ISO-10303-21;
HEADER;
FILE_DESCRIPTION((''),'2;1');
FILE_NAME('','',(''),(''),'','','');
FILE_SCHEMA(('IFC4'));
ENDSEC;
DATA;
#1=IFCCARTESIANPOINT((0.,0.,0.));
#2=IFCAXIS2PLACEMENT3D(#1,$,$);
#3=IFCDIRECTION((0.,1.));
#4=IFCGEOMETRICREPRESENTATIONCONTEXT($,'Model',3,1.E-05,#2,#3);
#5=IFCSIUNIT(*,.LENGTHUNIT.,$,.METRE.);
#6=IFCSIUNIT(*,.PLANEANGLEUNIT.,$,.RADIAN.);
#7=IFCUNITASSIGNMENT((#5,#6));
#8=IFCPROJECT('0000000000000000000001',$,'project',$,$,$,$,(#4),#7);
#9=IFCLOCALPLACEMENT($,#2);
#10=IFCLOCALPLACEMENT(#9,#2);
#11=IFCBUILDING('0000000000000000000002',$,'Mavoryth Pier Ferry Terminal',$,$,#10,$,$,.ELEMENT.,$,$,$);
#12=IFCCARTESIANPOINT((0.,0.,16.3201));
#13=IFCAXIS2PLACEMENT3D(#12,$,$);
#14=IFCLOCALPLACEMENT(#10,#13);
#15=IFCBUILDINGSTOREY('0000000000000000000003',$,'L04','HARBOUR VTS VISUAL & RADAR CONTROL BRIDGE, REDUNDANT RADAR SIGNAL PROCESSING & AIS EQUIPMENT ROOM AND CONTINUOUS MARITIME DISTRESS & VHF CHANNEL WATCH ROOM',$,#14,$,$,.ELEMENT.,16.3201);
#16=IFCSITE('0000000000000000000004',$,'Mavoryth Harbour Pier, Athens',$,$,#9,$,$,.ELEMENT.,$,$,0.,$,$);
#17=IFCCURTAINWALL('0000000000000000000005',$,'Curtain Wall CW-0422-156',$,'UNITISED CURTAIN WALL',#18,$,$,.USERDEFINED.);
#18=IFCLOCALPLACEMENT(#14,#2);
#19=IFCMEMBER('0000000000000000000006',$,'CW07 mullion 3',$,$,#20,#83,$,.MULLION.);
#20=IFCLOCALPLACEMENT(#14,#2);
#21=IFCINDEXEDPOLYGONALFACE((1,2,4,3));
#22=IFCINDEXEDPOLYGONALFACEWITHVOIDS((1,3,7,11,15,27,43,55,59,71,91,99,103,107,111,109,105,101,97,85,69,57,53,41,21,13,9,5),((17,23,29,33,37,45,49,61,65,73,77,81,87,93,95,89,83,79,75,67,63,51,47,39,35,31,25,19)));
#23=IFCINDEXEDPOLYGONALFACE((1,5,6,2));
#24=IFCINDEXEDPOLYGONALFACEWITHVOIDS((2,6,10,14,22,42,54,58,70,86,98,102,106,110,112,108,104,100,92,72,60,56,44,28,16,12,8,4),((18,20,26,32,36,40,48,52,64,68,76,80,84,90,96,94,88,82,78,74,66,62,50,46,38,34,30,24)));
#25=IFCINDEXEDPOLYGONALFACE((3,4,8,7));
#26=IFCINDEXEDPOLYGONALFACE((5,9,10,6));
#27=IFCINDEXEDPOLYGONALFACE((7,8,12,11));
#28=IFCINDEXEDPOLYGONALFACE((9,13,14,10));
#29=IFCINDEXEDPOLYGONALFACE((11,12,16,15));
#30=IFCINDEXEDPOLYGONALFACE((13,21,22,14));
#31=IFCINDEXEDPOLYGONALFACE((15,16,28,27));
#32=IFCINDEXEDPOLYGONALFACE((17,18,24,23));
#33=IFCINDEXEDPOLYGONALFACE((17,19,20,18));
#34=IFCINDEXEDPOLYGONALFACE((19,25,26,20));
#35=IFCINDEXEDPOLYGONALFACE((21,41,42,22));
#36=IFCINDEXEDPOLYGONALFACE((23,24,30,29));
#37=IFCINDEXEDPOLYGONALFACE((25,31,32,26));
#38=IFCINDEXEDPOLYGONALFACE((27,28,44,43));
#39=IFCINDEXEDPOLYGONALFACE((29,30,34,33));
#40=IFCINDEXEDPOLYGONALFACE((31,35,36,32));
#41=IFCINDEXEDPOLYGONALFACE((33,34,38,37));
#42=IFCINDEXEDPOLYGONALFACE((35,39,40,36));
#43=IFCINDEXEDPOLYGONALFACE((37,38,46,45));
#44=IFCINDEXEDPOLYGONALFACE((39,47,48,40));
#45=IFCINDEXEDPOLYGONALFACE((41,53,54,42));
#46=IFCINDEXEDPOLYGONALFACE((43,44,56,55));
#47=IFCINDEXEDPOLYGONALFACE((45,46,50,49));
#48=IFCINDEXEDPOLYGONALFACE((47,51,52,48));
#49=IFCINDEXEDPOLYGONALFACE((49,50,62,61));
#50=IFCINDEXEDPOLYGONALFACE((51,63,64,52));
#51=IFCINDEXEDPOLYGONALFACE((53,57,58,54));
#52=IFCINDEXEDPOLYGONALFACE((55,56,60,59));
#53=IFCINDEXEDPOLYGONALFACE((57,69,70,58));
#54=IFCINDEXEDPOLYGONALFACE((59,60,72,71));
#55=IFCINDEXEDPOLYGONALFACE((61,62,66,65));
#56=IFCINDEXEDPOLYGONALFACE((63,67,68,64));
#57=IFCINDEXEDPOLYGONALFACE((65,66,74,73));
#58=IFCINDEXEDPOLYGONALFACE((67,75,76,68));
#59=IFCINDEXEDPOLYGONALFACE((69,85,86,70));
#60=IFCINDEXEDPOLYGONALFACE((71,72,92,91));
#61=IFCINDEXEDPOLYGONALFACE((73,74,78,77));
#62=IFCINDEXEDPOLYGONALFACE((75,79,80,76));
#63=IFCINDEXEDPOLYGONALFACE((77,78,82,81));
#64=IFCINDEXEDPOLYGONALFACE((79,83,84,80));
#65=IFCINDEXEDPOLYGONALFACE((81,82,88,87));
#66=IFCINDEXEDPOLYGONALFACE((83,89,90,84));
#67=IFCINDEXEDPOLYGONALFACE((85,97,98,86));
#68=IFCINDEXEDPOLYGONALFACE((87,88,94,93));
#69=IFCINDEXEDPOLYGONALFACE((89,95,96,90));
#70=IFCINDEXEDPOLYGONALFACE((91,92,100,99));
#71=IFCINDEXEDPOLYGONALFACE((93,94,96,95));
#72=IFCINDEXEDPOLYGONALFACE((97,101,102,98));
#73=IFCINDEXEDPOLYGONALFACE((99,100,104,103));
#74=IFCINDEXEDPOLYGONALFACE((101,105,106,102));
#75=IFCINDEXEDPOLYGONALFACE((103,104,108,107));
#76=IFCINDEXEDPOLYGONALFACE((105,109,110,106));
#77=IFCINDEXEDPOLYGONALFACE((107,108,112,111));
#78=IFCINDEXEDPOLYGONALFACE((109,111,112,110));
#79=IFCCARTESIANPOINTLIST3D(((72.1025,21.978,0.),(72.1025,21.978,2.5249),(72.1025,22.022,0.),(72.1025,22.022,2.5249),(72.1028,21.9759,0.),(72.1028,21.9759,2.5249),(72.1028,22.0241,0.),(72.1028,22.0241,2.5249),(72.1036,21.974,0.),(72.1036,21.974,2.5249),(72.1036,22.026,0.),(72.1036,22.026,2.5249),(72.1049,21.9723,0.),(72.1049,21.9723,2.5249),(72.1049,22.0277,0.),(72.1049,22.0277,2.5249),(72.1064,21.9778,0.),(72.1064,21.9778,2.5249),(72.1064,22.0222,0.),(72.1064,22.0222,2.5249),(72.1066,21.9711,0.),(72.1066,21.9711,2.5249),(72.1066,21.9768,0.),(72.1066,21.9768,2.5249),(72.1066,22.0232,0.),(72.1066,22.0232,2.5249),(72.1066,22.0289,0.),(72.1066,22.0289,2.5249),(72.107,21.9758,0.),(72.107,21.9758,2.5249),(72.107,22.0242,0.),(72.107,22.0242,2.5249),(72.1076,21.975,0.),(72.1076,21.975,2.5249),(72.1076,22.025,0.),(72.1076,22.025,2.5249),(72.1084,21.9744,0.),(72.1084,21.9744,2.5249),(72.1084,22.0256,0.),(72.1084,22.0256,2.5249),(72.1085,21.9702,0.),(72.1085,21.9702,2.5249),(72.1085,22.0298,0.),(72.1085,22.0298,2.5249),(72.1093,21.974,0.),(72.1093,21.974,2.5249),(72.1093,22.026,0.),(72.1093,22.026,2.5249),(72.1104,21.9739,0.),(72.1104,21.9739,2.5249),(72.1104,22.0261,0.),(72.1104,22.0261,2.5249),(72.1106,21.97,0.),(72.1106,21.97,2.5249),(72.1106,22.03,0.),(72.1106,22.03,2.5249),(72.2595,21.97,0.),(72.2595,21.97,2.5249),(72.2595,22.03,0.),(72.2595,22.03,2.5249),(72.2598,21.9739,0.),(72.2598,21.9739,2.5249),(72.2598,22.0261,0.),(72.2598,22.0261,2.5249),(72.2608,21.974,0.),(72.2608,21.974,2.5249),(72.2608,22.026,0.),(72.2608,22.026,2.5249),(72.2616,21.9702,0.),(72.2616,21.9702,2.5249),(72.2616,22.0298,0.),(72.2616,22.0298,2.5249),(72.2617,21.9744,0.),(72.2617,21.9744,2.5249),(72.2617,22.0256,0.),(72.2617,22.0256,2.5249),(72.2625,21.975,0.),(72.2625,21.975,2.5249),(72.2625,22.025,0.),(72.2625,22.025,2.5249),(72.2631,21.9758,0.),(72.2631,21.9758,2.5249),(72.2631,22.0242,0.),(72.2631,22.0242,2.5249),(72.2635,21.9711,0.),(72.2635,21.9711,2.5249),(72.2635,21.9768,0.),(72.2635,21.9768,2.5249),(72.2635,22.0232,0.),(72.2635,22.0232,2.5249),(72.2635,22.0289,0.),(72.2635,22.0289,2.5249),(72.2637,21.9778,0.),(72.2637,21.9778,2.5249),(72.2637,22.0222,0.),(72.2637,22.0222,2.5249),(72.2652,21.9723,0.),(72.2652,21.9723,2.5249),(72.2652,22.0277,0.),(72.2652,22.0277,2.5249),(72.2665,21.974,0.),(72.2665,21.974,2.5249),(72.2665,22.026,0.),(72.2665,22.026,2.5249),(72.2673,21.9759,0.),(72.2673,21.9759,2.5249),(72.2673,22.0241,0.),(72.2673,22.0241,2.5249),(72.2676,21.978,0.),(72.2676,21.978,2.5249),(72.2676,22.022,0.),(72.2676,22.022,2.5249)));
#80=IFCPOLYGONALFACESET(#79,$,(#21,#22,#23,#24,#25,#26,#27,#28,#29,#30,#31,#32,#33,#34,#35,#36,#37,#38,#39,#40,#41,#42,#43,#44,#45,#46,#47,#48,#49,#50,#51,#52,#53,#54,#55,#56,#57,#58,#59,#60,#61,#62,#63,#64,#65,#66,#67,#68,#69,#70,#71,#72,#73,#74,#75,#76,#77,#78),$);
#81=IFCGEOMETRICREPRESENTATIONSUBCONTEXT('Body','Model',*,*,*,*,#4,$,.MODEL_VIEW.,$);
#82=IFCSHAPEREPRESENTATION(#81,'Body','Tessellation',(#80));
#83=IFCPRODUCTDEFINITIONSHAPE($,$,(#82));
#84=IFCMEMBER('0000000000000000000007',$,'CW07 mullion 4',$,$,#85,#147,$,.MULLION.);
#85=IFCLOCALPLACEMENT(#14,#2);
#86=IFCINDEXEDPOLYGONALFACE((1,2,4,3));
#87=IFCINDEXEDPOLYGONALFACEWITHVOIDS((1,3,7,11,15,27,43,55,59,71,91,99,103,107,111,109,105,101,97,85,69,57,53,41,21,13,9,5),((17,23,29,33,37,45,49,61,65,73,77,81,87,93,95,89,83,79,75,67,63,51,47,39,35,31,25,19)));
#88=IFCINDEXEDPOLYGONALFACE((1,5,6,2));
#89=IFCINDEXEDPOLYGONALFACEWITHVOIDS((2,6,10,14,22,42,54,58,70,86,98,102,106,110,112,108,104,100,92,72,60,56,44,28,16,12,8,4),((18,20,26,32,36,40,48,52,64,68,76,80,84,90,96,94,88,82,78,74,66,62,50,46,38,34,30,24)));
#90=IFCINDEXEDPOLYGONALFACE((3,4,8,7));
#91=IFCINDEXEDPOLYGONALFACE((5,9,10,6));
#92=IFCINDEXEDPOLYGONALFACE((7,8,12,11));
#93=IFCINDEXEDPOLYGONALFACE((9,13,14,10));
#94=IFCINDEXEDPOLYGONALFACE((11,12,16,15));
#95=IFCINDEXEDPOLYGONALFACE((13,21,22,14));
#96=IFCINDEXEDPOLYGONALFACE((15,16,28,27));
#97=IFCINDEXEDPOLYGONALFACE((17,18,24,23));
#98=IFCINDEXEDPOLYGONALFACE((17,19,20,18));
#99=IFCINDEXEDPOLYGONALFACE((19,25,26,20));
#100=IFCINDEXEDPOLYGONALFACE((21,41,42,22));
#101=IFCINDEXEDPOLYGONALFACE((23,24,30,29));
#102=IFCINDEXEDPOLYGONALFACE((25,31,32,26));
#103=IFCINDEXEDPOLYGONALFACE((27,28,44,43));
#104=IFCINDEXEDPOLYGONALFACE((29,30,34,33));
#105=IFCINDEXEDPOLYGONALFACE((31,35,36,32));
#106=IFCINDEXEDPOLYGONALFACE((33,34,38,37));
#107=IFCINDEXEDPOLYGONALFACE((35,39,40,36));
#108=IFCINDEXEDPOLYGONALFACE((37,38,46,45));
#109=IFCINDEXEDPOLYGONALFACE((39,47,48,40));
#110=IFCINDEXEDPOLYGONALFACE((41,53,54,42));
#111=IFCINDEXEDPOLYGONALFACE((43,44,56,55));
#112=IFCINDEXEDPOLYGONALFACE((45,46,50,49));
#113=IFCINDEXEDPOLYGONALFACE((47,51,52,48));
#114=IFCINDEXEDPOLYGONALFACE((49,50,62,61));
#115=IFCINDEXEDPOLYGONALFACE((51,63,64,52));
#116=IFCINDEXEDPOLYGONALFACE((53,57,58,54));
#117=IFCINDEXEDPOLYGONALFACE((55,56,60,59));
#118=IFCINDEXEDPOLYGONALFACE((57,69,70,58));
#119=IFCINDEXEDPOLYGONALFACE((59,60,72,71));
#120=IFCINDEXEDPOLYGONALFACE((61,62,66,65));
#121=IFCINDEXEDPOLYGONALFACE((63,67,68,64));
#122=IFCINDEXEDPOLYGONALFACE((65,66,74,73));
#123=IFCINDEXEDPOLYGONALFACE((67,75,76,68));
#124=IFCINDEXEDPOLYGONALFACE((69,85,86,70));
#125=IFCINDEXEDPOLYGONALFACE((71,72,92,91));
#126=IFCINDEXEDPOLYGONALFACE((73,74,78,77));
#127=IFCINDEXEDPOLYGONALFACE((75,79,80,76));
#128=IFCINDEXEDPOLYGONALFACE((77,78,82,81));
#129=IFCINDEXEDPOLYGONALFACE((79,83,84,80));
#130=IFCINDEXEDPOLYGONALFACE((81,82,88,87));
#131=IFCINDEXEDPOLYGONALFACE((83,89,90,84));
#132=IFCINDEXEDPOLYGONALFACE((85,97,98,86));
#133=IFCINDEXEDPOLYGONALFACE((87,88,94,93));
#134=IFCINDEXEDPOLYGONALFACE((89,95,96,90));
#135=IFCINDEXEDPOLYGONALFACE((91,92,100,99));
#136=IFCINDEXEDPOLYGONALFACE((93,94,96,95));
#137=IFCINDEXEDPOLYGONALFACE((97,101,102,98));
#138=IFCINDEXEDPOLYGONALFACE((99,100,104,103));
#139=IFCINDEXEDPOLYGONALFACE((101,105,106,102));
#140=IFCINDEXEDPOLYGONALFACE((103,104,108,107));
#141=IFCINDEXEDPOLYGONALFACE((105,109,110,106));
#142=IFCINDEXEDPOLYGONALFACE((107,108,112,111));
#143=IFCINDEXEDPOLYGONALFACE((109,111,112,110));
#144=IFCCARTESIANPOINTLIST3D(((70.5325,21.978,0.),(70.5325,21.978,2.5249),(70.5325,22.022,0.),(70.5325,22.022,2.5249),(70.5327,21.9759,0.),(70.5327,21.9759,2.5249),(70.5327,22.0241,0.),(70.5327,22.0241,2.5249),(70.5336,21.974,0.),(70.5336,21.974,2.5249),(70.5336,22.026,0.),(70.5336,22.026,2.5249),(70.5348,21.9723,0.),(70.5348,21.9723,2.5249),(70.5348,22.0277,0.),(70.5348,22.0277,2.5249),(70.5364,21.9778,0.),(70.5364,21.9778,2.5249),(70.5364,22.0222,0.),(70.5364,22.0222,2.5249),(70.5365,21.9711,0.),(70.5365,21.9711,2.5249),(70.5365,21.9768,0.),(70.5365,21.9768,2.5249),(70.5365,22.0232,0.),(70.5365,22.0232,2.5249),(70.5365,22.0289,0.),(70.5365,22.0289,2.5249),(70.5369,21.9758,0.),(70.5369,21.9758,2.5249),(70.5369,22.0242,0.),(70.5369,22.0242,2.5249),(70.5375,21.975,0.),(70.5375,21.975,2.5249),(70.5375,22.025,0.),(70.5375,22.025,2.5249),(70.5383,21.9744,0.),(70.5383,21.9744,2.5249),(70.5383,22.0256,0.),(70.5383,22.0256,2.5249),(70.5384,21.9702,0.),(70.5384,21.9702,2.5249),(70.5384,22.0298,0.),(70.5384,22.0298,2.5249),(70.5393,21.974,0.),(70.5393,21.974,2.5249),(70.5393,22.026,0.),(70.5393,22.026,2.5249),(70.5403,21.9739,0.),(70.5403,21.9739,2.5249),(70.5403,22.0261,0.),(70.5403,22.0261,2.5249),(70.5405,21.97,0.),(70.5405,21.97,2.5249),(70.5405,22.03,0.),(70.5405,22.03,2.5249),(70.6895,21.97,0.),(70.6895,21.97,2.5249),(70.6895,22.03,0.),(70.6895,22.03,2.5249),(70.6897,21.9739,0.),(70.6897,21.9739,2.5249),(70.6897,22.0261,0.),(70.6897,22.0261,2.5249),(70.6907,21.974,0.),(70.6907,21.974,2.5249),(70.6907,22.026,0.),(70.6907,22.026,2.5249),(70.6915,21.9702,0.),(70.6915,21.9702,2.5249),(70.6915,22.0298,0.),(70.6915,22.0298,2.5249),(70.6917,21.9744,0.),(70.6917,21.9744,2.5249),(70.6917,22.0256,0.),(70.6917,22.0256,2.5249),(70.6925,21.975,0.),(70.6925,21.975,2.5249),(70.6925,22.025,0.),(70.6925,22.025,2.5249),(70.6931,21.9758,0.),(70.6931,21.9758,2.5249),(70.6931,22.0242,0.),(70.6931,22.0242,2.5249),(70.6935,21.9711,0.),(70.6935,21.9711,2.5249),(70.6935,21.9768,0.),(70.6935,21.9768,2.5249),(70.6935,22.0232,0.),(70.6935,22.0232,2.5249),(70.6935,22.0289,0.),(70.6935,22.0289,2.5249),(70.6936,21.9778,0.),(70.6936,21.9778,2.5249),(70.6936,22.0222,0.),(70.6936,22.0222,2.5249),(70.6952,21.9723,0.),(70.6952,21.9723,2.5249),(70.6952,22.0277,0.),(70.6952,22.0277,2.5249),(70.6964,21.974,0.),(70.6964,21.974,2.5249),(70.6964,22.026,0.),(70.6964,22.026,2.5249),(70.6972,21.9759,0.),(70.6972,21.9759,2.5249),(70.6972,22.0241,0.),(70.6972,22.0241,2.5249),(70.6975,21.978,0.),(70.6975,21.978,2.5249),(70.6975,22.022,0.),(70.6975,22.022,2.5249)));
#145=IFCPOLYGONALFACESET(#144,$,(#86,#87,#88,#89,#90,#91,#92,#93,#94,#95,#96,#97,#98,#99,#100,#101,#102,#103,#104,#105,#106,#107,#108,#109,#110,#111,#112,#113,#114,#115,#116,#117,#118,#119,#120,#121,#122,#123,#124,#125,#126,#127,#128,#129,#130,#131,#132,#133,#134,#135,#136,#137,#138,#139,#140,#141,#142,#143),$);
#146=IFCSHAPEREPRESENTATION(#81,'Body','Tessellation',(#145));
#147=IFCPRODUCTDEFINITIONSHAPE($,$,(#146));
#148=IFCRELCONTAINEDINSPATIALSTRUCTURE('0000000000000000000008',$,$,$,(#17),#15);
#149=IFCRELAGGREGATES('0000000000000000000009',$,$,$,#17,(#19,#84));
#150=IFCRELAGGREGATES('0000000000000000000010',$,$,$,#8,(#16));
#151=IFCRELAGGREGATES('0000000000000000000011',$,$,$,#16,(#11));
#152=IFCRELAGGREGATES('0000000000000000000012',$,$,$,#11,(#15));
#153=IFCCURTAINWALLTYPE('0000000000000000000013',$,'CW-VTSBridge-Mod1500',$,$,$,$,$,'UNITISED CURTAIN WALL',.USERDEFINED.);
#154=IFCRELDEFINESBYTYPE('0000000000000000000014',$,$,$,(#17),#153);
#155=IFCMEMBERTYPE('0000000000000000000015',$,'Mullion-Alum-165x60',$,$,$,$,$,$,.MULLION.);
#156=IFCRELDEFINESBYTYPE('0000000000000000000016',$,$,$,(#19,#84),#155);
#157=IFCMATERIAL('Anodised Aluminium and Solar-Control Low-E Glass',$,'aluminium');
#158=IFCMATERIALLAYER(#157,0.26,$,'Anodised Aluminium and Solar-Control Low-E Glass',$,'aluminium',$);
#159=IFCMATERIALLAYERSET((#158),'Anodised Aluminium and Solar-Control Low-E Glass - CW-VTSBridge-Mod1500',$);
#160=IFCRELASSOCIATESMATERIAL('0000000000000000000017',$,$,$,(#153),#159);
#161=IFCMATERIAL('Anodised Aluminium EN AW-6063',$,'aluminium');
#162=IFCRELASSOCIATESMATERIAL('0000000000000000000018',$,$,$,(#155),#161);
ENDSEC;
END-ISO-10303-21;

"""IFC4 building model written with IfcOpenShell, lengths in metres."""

from ifc_helpers import new_model, si_unit, direction, frame, origin, origin_2d, place, context, subcontext, project, spatial, hollow_rectangle, extrude, material, layer, layer_set, material_profile, profile_set, type_object, element, aggregate, save


model = new_model("IFC4")

# Units and contexts
model_context = context("Model", 3, precision=1e-05, world=origin(), true_north=direction((0.0, 1.0)))
body_context = subcontext(model_context, "Body", "Model", "MODEL_VIEW")
ifc_project = project(units=[si_unit("LENGTHUNIT", "METRE"), si_unit("PLANEANGLEUNIT", "RADIAN")], contexts=[model_context])

# Site, building, storey
site_placement = place(None, origin())
site = spatial("IfcSite", under=ifc_project, at=site_placement, Name="Mavoryth Harbour Pier, Athens", CompositionType="ELEMENT", RefElevation=0.0)
building_placement = place(site_placement, origin())
building = spatial("IfcBuilding", under=site, at=building_placement, Name="Mavoryth Pier Ferry Terminal", CompositionType="ELEMENT")
storey_placement = place(building_placement, frame((0.0, 0.0, 16.3201)))
storey = spatial("IfcBuildingStorey", under=building, at=storey_placement, Name="L04", Description="HARBOUR VTS VISUAL & RADAR CONTROL BRIDGE, REDUNDANT RADAR SIGNAL PROCESSING & AIS EQUIPMENT ROOM AND CONTINUOUS MARITIME DISTRESS & VHF CHANNEL WATCH ROOM", CompositionType="ELEMENT", Elevation=16.3201)

# Curtain wall, members
ifc_material_1 = material(Name="Anodised Aluminium and Solar-Control Low-E Glass", Category="aluminium")
ifc_layer_1 = layer(ifc_material_1, 0.26, Name="Anodised Aluminium and Solar-Control Low-E Glass", Category="aluminium")
ifc_layer_set_1 = layer_set([ifc_layer_1], Name="Anodised Aluminium and Solar-Control Low-E Glass - CW-VTSBridge-Mod1500")
curtain_wall_type = type_object("IfcCurtainWallType", Name="CW-VTSBridge-Mod1500", ElementType="UNITISED CURTAIN WALL", PredefinedType="USERDEFINED", material=ifc_layer_set_1)
curtain_wall_placement = place(storey_placement, origin())
curtain_wall = element("IfcCurtainWall", 1, at=curtain_wall_placement, inside=storey, type_object=curtain_wall_type, Name="Curtain Wall CW-0422-156", ObjectType="UNITISED CURTAIN WALL", PredefinedType="USERDEFINED")
ifc_material_2 = material(Name="Anodised Aluminium EN AW-6063", Category="aluminium")
ifc_material_profile_1 = material_profile(ifc_material_2, hollow_rectangle(XDim=0.0601, YDim=0.165, WallThickness=0.0039, InnerFilletRadius=0.0039, OuterFilletRadius=0.0081, at=origin_2d()), Name="AL-MULL 165x60x4", Category="aluminium")
ifc_profile_set_1 = profile_set([ifc_material_profile_1], Name="Anodised Aluminium EN AW-6063 - AL-MULL 165x60x4")
member_type_1 = type_object("IfcMemberType", Name="Mullion-Alum-165x60", PredefinedType="MULLION", material=ifc_profile_set_1)
member_1_placement = place(storey_placement, frame((72.1851, 22.0, 0.0), z_axis=(0.0, 0.0, 1.0), x_axis=(0.0, -1.0, 0.0)))
member_1 = element("IfcMember", 2, at=member_1_placement, type_object=member_type_1, Name="CW07 mullion 3", PredefinedType="MULLION", context=body_context, shape_type="SweptSolid", body=[
    extrude(hollow_rectangle(XDim=0.0601, YDim=0.165, WallThickness=0.0039, InnerFilletRadius=0.0039, OuterFilletRadius=0.0081, at=origin_2d()), origin(), (0.0, 0.0, 1.0), 2.5249),
])
member_2_placement = place(storey_placement, frame((70.615, 22.0, 0.0), z_axis=(0.0, 0.0, 1.0), x_axis=(0.0, -1.0, 0.0)))
member_2 = element("IfcMember", 3, at=member_2_placement, type_object=member_type_1, Name="CW07 mullion 4", PredefinedType="MULLION", context=body_context, shape_type="SweptSolid", body=[
    extrude(hollow_rectangle(XDim=0.0601, YDim=0.165, WallThickness=0.0039, InnerFilletRadius=0.0039, OuterFilletRadius=0.0081, at=origin_2d()), origin(), (0.0, 0.0, 1.0), 2.5249),
])
aggregate(curtain_wall, [member_1, member_2])

save(model, "model.ifc")
